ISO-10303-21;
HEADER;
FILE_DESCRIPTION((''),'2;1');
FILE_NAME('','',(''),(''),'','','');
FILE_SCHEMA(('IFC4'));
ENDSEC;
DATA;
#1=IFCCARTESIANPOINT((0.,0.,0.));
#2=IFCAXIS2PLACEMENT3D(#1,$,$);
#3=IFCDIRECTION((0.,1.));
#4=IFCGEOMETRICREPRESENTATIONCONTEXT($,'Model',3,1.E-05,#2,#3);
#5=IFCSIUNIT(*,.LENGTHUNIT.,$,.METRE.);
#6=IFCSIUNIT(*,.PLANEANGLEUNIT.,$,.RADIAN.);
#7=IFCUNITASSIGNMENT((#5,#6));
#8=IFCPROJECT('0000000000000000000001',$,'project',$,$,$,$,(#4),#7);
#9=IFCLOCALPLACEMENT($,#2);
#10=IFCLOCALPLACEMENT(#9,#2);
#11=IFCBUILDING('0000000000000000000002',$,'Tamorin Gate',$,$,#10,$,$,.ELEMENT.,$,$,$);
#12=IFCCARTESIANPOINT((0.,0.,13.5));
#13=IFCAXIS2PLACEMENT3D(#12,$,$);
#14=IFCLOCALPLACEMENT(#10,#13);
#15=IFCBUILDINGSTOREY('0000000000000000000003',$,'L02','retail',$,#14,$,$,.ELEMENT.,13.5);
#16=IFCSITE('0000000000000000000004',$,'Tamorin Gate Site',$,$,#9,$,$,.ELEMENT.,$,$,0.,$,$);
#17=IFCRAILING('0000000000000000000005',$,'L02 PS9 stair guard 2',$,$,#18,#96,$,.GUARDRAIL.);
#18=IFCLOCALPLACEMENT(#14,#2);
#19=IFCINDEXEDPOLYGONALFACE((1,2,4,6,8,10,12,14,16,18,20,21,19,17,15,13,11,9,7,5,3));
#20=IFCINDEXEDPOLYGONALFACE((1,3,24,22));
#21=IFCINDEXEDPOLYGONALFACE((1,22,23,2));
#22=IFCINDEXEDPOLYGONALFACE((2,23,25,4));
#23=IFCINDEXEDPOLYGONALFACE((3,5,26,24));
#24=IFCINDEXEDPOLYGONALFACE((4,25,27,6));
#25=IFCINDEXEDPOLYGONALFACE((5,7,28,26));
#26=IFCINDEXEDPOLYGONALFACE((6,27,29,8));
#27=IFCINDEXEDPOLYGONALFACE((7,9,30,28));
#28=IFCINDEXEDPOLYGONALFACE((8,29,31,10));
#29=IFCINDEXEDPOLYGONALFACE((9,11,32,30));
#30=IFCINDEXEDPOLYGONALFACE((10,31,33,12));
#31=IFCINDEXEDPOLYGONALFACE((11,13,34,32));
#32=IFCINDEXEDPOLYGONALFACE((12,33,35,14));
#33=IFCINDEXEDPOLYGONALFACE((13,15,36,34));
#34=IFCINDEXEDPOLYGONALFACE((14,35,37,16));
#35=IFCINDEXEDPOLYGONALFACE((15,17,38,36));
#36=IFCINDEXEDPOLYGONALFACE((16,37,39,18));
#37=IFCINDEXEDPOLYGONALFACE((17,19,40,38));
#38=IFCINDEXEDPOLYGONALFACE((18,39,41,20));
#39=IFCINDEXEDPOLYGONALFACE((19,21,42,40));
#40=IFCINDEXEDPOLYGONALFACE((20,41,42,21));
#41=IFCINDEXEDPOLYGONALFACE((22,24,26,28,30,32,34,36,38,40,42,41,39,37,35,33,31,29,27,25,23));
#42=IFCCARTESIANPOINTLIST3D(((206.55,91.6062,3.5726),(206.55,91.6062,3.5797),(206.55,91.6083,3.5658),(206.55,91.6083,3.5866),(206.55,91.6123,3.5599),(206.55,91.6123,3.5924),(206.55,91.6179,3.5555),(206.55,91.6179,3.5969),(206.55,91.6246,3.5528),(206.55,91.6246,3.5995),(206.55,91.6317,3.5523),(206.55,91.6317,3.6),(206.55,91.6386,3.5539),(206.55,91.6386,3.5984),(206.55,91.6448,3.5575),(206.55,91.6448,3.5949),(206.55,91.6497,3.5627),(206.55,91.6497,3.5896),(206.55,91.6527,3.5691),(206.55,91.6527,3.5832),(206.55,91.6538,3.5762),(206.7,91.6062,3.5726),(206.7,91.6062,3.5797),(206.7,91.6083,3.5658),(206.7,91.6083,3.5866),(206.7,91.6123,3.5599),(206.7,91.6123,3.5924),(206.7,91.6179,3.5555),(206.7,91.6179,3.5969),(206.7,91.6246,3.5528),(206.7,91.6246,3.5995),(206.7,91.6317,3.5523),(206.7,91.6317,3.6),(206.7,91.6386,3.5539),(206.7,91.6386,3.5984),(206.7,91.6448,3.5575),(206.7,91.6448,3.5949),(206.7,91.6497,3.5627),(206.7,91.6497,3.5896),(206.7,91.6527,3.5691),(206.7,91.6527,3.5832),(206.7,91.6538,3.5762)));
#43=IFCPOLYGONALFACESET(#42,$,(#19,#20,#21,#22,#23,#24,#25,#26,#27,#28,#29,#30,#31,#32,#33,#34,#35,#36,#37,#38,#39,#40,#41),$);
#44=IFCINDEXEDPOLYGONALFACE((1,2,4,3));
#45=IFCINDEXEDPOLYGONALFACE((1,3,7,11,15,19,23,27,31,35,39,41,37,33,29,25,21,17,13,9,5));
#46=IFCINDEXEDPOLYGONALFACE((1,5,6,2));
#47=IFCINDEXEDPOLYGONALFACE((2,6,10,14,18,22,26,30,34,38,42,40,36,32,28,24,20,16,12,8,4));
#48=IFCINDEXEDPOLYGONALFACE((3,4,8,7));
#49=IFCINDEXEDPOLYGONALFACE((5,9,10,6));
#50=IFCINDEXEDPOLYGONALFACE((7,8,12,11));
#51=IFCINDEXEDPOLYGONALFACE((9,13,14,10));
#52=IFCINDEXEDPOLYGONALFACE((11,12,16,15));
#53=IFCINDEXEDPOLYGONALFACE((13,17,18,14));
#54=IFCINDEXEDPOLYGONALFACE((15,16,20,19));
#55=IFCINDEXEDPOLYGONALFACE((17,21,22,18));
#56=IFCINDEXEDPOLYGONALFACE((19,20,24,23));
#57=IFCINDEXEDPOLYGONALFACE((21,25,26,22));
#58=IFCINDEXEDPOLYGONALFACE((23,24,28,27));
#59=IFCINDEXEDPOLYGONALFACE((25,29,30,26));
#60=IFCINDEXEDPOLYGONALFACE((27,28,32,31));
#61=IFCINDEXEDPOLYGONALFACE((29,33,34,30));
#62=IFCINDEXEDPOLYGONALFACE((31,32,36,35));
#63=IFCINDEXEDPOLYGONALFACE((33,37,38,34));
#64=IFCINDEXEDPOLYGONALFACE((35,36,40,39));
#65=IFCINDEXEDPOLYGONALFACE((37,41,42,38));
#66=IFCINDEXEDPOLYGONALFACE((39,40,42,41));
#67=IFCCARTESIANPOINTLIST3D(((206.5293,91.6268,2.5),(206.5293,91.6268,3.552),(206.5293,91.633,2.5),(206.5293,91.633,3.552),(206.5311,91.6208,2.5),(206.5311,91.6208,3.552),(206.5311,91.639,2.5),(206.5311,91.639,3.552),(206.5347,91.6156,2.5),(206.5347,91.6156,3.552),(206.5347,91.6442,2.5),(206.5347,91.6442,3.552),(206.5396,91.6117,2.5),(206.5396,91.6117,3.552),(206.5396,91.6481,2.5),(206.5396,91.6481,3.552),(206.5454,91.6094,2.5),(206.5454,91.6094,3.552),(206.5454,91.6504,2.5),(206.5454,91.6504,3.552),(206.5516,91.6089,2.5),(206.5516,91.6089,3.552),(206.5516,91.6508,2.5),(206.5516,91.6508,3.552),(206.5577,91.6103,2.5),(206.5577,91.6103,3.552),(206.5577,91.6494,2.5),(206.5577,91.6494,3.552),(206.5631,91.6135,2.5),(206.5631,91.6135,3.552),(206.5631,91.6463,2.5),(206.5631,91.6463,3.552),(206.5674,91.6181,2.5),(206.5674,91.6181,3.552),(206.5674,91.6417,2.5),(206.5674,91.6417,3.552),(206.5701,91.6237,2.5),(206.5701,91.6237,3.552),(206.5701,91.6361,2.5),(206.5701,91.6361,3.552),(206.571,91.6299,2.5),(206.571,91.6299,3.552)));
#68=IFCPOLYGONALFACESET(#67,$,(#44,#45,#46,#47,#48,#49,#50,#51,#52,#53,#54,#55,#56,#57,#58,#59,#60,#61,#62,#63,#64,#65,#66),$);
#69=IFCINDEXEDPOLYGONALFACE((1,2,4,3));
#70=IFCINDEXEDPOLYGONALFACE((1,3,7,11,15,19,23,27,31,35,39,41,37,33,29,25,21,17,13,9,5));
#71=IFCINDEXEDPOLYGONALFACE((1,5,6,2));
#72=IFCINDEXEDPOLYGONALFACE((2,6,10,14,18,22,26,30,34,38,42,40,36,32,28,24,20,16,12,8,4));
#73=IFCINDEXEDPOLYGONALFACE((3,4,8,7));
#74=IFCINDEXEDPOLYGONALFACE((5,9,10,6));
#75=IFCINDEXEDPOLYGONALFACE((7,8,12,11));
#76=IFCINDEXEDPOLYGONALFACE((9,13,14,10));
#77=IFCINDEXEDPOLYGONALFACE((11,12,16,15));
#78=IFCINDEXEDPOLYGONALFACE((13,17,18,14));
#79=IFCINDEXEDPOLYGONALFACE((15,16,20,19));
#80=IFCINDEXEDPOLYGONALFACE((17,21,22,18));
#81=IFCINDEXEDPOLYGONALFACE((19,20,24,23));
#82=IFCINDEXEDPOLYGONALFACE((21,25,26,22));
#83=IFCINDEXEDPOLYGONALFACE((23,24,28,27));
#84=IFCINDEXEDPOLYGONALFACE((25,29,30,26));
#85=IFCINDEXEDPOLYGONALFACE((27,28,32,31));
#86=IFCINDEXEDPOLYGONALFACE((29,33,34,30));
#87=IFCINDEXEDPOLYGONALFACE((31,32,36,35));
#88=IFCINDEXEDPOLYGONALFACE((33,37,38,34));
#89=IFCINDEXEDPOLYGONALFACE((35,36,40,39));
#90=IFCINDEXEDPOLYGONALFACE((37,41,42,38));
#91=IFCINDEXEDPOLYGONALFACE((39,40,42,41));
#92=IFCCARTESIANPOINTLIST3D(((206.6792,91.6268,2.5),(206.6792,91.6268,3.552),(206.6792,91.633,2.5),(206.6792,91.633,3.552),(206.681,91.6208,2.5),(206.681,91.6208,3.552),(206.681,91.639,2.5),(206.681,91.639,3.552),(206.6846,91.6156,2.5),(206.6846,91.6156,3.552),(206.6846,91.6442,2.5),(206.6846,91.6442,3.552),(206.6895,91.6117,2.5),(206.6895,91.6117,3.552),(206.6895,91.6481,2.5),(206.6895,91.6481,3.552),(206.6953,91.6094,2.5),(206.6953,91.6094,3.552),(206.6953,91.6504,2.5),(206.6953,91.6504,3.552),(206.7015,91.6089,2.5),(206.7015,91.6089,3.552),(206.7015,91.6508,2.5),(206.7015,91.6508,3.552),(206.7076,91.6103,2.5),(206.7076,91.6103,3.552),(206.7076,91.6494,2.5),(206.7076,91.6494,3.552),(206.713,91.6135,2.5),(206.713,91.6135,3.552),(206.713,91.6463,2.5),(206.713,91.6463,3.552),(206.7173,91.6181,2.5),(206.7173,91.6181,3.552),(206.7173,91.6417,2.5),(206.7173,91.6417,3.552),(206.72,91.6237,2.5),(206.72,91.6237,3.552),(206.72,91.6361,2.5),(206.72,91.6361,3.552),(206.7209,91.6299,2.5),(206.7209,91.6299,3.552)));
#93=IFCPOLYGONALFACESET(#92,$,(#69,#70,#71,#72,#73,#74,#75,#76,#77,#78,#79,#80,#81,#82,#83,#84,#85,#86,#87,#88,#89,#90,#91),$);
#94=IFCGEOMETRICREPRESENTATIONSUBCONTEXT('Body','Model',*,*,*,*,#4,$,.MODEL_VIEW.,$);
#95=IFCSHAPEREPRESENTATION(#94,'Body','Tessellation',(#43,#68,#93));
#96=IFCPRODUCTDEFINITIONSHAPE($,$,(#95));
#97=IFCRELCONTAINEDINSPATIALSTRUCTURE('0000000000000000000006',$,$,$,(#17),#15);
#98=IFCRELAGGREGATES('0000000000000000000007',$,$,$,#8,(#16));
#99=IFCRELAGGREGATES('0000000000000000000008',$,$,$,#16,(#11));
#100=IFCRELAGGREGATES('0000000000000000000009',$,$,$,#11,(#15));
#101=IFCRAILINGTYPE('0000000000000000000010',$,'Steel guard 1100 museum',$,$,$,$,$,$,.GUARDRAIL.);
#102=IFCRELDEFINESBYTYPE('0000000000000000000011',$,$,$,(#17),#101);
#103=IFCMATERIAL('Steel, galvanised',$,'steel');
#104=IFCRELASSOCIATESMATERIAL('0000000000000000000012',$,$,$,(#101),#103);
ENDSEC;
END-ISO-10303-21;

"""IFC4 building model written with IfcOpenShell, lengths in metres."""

from ifc_helpers import new_model, si_unit, direction, frame, origin, origin_2d, place, context, subcontext, project, spatial, circle, extrude, material, type_object, element, save


model = new_model("IFC4")

# Units and contexts
model_context = context("Model", 3, precision=1e-05, world=origin(), true_north=direction((0.0, 1.0)))
body_context = subcontext(model_context, "Body", "Model", "MODEL_VIEW")
ifc_project = project(units=[si_unit("LENGTHUNIT", "METRE"), si_unit("PLANEANGLEUNIT", "RADIAN")], contexts=[model_context])

# Site, building, storey
site_placement = place(None, origin())
site = spatial("IfcSite", under=ifc_project, at=site_placement, Name="Tamorin Gate Site", CompositionType="ELEMENT", RefElevation=0.0)
building_placement = place(site_placement, origin())
building = spatial("IfcBuilding", under=site, at=building_placement, Name="Tamorin Gate", CompositionType="ELEMENT")
storey_placement = place(building_placement, frame((0.0, 0.0, 13.5)))
storey = spatial("IfcBuildingStorey", under=building, at=storey_placement, Name="L02", Description="retail", CompositionType="ELEMENT", Elevation=13.5)

# Railing
ifc_material_1 = material(Name="Steel, galvanised", Category="steel")
railing_type_1 = type_object("IfcRailingType", Name="Steel guard 1100 museum", PredefinedType="GUARDRAIL", material=ifc_material_1)
railing_1_placement = place(storey_placement, frame((206.55, 91.6299, 2.5)))
element("IfcRailing", 1, at=railing_1_placement, inside=storey, type_object=railing_type_1, Name="L02 PS9 stair guard 2", PredefinedType="GUARDRAIL", context=body_context, shape_type="SweptSolid", body=[
    extrude(circle(Radius=0.0239, at=origin_2d()), frame((0.0, 0.0, 1.0762), z_axis=(1.0, 0.0, 0.0), x_axis=(0.0, 1.0, 0.0)), (0.0, 0.0, 1.0), 0.1499),
    extrude(circle(Radius=0.021, at=origin_2d()), origin(), (0.0, 0.0, 1.0), 1.052),
    extrude(circle(Radius=0.021, at=origin_2d()), frame((0.1499, 0.0, 0.0)), (0.0, 0.0, 1.0), 1.052),
])

save(model, "model.ifc")
